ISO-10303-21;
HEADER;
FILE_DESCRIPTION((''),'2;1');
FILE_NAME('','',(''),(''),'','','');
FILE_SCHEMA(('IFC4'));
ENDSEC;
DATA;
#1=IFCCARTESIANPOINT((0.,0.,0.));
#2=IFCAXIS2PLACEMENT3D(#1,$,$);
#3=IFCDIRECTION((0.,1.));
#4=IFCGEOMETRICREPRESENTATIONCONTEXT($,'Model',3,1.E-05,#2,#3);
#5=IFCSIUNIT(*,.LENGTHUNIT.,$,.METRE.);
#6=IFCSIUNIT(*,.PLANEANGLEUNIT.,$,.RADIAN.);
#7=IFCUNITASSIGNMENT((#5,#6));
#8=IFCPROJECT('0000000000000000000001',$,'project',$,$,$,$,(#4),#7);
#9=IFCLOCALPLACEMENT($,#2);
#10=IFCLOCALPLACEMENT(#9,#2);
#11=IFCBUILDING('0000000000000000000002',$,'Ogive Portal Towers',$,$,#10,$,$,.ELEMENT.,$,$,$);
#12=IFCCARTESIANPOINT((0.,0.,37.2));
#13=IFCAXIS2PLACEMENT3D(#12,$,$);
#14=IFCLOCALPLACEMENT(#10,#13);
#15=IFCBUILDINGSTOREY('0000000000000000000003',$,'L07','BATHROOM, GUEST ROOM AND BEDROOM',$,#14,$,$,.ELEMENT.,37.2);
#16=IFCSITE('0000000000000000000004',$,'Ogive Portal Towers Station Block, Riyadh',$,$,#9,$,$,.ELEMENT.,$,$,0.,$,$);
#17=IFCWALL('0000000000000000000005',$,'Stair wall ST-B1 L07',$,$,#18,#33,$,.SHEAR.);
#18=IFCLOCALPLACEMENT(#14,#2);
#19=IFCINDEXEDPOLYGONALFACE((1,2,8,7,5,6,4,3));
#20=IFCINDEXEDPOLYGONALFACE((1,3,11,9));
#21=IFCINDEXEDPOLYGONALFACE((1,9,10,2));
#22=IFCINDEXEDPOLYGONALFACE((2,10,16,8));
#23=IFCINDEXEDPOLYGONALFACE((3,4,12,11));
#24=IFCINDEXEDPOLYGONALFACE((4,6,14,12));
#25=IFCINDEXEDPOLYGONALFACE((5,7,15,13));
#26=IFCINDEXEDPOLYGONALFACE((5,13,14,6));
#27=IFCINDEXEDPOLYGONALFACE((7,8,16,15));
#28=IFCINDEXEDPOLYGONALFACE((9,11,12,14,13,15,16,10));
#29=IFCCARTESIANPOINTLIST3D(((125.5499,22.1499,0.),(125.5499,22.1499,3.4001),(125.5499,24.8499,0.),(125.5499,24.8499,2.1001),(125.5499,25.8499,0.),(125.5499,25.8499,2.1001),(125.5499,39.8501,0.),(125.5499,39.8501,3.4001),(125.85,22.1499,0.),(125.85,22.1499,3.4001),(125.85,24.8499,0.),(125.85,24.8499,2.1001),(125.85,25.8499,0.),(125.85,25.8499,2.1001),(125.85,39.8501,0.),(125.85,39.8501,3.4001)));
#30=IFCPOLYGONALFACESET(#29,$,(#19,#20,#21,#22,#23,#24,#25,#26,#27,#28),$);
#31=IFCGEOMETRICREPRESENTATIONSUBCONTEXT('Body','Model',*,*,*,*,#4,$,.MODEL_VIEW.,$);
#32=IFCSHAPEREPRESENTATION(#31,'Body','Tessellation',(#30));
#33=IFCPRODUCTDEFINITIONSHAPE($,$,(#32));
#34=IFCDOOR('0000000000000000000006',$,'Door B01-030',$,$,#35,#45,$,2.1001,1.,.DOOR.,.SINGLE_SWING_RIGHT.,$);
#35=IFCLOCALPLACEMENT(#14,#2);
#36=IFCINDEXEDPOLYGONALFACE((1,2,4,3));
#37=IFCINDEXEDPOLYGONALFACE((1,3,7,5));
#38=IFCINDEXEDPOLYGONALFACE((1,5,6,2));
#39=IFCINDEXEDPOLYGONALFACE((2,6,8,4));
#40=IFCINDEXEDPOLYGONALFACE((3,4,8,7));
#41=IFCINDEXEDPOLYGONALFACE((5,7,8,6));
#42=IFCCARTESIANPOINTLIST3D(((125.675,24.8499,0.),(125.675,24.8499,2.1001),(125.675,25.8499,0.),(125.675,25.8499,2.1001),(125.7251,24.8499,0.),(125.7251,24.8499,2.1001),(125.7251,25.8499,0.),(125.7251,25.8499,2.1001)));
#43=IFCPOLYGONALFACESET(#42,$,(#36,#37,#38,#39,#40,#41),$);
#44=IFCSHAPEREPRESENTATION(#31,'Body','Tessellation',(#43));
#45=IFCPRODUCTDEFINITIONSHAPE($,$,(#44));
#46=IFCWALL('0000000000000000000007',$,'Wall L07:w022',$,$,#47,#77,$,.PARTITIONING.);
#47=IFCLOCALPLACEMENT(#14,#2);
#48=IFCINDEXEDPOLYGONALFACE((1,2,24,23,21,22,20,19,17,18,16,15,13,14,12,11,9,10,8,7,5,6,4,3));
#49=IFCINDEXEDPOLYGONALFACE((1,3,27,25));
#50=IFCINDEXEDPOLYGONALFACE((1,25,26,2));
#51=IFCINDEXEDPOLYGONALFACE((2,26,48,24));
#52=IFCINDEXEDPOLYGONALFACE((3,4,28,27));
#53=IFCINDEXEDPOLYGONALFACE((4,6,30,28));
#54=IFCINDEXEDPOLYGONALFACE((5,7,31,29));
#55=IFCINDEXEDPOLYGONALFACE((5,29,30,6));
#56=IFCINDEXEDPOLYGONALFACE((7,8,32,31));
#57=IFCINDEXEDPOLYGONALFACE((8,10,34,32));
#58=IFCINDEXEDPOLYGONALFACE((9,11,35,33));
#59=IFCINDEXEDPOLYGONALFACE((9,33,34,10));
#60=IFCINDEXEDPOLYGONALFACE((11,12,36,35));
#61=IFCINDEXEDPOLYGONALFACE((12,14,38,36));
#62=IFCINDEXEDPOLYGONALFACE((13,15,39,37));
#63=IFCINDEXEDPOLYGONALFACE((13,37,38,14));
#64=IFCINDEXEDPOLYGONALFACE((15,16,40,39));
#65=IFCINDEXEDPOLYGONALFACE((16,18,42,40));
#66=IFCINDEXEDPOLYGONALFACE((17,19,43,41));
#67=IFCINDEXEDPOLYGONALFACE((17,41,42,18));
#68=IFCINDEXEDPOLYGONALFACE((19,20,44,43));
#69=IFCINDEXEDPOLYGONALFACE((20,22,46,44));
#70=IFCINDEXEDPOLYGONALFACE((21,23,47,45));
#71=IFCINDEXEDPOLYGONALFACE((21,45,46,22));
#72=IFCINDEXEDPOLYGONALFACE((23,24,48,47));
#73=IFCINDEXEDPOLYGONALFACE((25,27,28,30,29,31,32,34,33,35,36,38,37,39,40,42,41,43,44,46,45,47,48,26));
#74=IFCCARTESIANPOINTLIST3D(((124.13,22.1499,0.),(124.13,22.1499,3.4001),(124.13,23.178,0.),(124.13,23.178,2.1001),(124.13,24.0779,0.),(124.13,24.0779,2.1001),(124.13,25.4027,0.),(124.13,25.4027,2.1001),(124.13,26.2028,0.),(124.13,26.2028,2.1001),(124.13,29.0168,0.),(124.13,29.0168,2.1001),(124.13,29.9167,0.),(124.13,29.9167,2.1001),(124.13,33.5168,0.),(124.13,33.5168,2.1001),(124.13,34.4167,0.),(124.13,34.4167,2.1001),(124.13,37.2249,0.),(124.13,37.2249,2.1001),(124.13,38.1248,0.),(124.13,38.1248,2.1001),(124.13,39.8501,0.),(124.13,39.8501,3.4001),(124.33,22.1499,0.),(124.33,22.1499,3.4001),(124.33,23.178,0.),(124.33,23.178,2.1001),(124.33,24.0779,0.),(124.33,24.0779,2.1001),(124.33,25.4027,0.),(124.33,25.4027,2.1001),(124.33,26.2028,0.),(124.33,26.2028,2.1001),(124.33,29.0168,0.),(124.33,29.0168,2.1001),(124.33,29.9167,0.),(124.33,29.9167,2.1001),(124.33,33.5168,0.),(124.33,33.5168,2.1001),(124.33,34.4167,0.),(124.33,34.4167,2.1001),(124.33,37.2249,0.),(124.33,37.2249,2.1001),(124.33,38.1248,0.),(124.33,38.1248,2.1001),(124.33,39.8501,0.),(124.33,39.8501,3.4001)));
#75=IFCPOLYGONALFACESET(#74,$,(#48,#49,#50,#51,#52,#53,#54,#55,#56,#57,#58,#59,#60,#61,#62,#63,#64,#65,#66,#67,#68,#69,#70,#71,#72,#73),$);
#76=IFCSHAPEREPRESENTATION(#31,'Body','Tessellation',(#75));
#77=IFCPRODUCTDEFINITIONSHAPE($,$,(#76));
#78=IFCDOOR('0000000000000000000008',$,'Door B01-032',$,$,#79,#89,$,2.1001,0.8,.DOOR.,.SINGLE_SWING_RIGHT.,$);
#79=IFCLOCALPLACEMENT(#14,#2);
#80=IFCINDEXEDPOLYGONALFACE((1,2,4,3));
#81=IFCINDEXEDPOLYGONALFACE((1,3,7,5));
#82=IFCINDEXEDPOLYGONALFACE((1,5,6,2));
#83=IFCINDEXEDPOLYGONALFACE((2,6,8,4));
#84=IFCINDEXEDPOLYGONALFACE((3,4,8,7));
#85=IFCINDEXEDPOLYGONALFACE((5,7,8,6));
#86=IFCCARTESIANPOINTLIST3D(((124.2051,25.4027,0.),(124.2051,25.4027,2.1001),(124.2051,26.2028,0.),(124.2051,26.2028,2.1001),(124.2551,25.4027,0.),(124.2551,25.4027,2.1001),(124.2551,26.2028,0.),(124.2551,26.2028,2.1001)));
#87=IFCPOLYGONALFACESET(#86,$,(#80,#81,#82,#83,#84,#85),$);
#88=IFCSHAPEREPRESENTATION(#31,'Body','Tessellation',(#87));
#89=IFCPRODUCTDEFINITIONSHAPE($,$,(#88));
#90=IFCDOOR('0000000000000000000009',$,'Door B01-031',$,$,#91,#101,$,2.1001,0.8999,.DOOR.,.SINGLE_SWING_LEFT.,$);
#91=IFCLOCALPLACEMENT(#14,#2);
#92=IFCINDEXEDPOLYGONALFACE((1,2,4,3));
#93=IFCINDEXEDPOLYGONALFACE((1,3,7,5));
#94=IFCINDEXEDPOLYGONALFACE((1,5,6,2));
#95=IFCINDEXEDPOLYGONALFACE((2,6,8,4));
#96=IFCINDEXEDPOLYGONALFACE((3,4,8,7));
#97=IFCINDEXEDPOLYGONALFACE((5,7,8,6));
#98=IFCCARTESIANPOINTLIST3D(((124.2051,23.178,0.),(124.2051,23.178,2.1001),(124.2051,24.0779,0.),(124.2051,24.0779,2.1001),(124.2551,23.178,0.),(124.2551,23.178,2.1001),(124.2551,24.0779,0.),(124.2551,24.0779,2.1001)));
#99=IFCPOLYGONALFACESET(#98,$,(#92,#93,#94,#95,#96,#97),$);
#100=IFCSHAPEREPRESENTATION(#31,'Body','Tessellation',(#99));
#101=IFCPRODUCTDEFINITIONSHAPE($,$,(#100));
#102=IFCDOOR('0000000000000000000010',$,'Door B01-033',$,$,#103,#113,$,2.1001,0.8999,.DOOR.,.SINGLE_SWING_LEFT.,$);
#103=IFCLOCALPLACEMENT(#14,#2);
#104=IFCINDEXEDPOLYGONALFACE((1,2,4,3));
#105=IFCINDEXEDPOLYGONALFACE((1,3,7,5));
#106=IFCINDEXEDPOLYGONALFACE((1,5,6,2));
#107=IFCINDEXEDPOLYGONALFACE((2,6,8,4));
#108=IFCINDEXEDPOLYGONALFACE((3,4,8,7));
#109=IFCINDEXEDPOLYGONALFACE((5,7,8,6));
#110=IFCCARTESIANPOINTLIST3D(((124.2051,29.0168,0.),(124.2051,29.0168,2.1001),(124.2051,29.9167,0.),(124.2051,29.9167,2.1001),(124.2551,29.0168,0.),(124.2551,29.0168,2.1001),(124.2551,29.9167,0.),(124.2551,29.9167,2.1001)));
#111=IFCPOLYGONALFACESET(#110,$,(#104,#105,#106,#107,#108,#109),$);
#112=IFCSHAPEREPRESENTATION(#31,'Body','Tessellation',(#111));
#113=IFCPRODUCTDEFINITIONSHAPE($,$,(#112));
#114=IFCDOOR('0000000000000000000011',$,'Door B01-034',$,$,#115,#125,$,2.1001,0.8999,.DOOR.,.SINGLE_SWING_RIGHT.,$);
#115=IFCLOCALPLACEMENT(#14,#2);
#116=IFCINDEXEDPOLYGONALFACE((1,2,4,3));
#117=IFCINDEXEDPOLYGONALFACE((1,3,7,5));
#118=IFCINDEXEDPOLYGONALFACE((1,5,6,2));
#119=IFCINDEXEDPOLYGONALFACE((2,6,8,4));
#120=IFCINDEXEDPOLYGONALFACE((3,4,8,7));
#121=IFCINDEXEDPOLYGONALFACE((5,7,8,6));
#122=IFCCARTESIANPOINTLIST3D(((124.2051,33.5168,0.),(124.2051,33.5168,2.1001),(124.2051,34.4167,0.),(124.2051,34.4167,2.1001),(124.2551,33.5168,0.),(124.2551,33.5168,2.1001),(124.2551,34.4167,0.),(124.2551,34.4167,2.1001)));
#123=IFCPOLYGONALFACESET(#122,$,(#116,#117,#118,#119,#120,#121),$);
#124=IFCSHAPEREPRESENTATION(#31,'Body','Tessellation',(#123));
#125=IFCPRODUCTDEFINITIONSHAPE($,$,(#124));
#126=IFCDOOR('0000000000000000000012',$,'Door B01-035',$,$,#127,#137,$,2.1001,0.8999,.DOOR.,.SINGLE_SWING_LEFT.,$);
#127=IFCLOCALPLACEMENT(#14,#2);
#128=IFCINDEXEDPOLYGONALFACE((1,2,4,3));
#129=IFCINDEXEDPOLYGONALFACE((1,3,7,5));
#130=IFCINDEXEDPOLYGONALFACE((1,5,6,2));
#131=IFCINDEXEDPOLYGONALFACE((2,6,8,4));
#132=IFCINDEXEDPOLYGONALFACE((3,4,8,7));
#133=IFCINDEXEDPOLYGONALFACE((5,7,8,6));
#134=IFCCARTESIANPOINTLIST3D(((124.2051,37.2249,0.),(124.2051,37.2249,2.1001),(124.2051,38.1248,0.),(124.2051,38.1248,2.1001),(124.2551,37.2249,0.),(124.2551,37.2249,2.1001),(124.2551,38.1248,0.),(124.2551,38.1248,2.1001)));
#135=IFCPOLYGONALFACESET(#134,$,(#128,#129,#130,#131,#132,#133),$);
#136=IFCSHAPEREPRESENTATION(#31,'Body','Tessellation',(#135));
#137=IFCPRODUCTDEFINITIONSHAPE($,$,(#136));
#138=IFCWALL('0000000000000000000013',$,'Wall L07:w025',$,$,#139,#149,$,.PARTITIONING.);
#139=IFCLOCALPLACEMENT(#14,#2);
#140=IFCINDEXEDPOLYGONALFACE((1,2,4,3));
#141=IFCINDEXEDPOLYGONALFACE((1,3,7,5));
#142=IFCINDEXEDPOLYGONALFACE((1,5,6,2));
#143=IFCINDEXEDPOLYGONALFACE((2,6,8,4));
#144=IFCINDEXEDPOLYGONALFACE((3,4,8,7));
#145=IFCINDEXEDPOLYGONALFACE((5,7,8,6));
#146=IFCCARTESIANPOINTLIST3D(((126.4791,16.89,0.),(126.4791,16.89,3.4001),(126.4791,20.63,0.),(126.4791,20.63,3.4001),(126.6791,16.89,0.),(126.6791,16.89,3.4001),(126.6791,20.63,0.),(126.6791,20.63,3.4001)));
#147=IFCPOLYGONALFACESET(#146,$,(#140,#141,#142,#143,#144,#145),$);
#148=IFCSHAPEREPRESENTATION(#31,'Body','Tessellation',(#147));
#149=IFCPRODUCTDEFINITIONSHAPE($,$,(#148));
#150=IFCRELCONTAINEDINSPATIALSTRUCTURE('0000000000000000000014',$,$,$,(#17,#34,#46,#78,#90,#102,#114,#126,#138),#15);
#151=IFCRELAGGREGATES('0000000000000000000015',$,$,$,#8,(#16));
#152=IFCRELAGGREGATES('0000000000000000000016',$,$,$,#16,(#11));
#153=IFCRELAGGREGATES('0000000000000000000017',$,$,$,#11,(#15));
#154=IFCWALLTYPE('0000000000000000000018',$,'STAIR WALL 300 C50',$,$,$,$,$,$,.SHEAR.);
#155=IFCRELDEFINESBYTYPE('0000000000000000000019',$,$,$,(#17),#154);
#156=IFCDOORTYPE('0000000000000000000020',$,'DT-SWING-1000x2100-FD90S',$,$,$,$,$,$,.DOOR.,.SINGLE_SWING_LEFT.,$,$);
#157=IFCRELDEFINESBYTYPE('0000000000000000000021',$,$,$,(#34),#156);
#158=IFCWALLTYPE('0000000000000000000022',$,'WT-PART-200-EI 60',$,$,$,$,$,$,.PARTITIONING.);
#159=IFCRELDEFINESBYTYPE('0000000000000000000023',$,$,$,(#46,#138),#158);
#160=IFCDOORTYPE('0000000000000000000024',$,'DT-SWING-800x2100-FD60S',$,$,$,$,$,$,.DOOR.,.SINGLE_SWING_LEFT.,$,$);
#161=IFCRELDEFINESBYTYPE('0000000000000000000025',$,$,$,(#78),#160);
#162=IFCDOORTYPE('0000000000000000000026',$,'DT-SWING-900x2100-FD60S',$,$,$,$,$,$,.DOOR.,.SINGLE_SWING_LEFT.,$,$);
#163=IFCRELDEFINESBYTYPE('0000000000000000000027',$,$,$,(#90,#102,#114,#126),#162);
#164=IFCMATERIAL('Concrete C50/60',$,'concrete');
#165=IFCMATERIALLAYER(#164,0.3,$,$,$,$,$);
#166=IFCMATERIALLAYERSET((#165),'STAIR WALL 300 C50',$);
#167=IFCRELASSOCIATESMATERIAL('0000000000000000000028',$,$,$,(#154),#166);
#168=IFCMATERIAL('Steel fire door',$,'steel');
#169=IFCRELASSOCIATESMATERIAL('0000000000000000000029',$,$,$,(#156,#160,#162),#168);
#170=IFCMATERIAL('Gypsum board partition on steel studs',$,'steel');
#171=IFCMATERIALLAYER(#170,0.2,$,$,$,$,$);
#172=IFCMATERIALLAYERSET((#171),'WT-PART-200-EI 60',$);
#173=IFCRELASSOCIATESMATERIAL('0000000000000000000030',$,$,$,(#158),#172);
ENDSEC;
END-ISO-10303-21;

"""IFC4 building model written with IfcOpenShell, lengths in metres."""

from ifc_helpers import new_model, si_unit, direction, frame, frame_2d, origin, place, context, subcontext, project, spatial, rectangle, extrude, material, layer, layer_set, type_object, element, fill, save


model = new_model("IFC4")

# Units and contexts
model_context = context("Model", 3, precision=1e-05, world=origin(), true_north=direction((0.0, 1.0)))
body_context = subcontext(model_context, "Body", "Model", "MODEL_VIEW")
ifc_project = project(units=[si_unit("LENGTHUNIT", "METRE"), si_unit("PLANEANGLEUNIT", "RADIAN")], contexts=[model_context])

# Site, building, storey
site_placement = place(None, origin())
site = spatial("IfcSite", under=ifc_project, at=site_placement, Name="Ogive Portal Towers Station Block, Riyadh", CompositionType="ELEMENT", RefElevation=0.0)
building_placement = place(site_placement, origin())
building = spatial("IfcBuilding", under=site, at=building_placement, Name="Ogive Portal Towers", CompositionType="ELEMENT")
storey_placement = place(building_placement, frame((0.0, 0.0, 37.2)))
storey = spatial("IfcBuildingStorey", under=building, at=storey_placement, Name="L07", Description="BATHROOM, GUEST ROOM AND BEDROOM", CompositionType="ELEMENT", Elevation=37.2)

# Wall, opening, door
ifc_material_1 = material(Name="Concrete C50/60", Category="concrete")
ifc_layer_1 = layer(ifc_material_1, 0.3)
ifc_layer_set_1 = layer_set([ifc_layer_1], Name="STAIR WALL 300 C50")
wall_type_1 = type_object("IfcWallType", Name="STAIR WALL 300 C50", PredefinedType="SHEAR", material=ifc_layer_set_1)
ifc_material_2 = material(Name="Steel fire door", Category="steel")
wall_1_placement = place(storey_placement, frame((125.7, 22.1499, 0.0), z_axis=(0.0, 0.0, 1.0), x_axis=(0.0, 1.0, 0.0)))
wall_1 = element("IfcWall", 1, at=wall_1_placement, inside=storey, type_object=wall_type_1, Name="Stair wall ST-B1 L07", PredefinedType="SHEAR", context=body_context, shape_type="SweptSolid", body=[
    extrude(rectangle(XDim=17.7002, YDim=0.3, at=frame_2d((8.8501, 0.0))), origin(), (0.0, 0.0, 1.0), 3.4001),
])
opening_1_placement = place(wall_1_placement, frame((2.7, 0.0, 0.0)))
opening_1 = element("IfcOpeningElement", 2, at=opening_1_placement, cuts=wall_1, PredefinedType="OPENING", context=body_context, shape_type="SweptSolid", body=[
    extrude(rectangle(XDim=1.0, YDim=2.1001, at=frame_2d((0.5, 1.05))), frame((0.0, 0.1602, 0.0), z_axis=(0.0, -1.0, 0.0), x_axis=(1.0, 0.0, 0.0)), (0.0, 0.0, 1.0), 0.3201),
])
door_type_1 = type_object("IfcDoorType", Name="DT-SWING-1000x2100-FD90S", OperationType="SINGLE_SWING_LEFT", PredefinedType="DOOR", material=ifc_material_2)
door_1_placement = place(opening_1_placement, origin())
door_1 = element("IfcDoor", 3, at=door_1_placement, inside=storey, type_object=door_type_1, Name="Door B01-030", OperationType="SINGLE_SWING_RIGHT", OverallHeight=2.1001, OverallWidth=1.0, PredefinedType="DOOR", context=body_context, shape_type="SweptSolid", body=[
    extrude(rectangle(XDim=1.0, YDim=2.1001, at=frame_2d((0.5, 1.05))), frame((0.0, 0.0249, 0.0), z_axis=(0.0, -1.0, 0.0), x_axis=(1.0, 0.0, 0.0)), (0.0, 0.0, 1.0), 0.05),
])
fill(opening_1, door_1)

# Wall, openings, doors
ifc_material_3 = material(Name="Gypsum board partition on steel studs", Category="steel")
ifc_layer_2 = layer(ifc_material_3, 0.2)
ifc_layer_set_2 = layer_set([ifc_layer_2], Name="WT-PART-200-EI 60")
wall_type_2 = type_object("IfcWallType", Name="WT-PART-200-EI 60", PredefinedType="PARTITIONING", material=ifc_layer_set_2)
wall_2_placement = place(storey_placement, frame((124.23, 22.1499, 0.0), z_axis=(0.0, 0.0, 1.0), x_axis=(0.0, 1.0, 0.0)))
wall_2 = element("IfcWall", 4, at=wall_2_placement, inside=storey, type_object=wall_type_2, Name="Wall L07:w022", PredefinedType="PARTITIONING", context=body_context, shape_type="SweptSolid", body=[
    extrude(rectangle(XDim=17.7002, YDim=0.2, at=frame_2d((8.8501, 0.0))), origin(), (0.0, 0.0, 1.0), 3.4001),
])
opening_2_placement = place(wall_2_placement, frame((1.0281, 0.0, 0.0)))
opening_2 = element("IfcOpeningElement", 5, at=opening_2_placement, cuts=wall_2, PredefinedType="OPENING", context=body_context, shape_type="SweptSolid", body=[
    extrude(rectangle(XDim=0.8999, YDim=2.1001, at=frame_2d((0.45, 1.05))), frame((0.0, 0.1099, 0.0), z_axis=(0.0, -1.0, 0.0), x_axis=(1.0, 0.0, 0.0)), (0.0, 0.0, 1.0), 0.22),
])
opening_3_placement = place(wall_2_placement, frame((3.2529, 0.0, 0.0)))
opening_3 = element("IfcOpeningElement", 6, at=opening_3_placement, cuts=wall_2, PredefinedType="OPENING", context=body_context, shape_type="SweptSolid", body=[
    extrude(rectangle(XDim=0.8, YDim=2.1001, at=frame_2d((0.3999, 1.05))), frame((0.0, 0.1099, 0.0), z_axis=(0.0, -1.0, 0.0), x_axis=(1.0, 0.0, 0.0)), (0.0, 0.0, 1.0), 0.22),
])
opening_4_placement = place(wall_2_placement, frame((6.8669, 0.0, 0.0)))
opening_4 = element("IfcOpeningElement", 7, at=opening_4_placement, cuts=wall_2, PredefinedType="OPENING", context=body_context, shape_type="SweptSolid", body=[
    extrude(rectangle(XDim=0.8999, YDim=2.1001, at=frame_2d((0.45, 1.05))), frame((0.0, 0.1099, 0.0), z_axis=(0.0, -1.0, 0.0), x_axis=(1.0, 0.0, 0.0)), (0.0, 0.0, 1.0), 0.22),
])
opening_5_placement = place(wall_2_placement, frame((11.3669, 0.0, 0.0)))
opening_5 = element("IfcOpeningElement", 8, at=opening_5_placement, cuts=wall_2, PredefinedType="OPENING", context=body_context, shape_type="SweptSolid", body=[
    extrude(rectangle(XDim=0.8999, YDim=2.1001, at=frame_2d((0.45, 1.05))), frame((0.0, 0.1099, 0.0), z_axis=(0.0, -1.0, 0.0), x_axis=(1.0, 0.0, 0.0)), (0.0, 0.0, 1.0), 0.22),
])
opening_6_placement = place(wall_2_placement, frame((15.075, 0.0, 0.0)))
opening_6 = element("IfcOpeningElement", 9, at=opening_6_placement, cuts=wall_2, PredefinedType="OPENING", context=body_context, shape_type="SweptSolid", body=[
    extrude(rectangle(XDim=0.8999, YDim=2.1001, at=frame_2d((0.45, 1.05))), frame((0.0, 0.1099, 0.0), z_axis=(0.0, -1.0, 0.0), x_axis=(1.0, 0.0, 0.0)), (0.0, 0.0, 1.0), 0.22),
])
door_type_2 = type_object("IfcDoorType", Name="DT-SWING-800x2100-FD60S", OperationType="SINGLE_SWING_LEFT", PredefinedType="DOOR", material=ifc_material_2)
door_2_placement = place(opening_3_placement, origin())
door_2 = element("IfcDoor", 10, at=door_2_placement, inside=storey, type_object=door_type_2, Name="Door B01-032", OperationType="SINGLE_SWING_RIGHT", OverallHeight=2.1001, OverallWidth=0.8, PredefinedType="DOOR", context=body_context, shape_type="SweptSolid", body=[
    extrude(rectangle(XDim=0.8, YDim=2.1001, at=frame_2d((0.3999, 1.05))), frame((0.0, 0.0249, 0.0), z_axis=(0.0, -1.0, 0.0), x_axis=(1.0, 0.0, 0.0)), (0.0, 0.0, 1.0), 0.05),
])
fill(opening_3, door_2)
door_type_3 = type_object("IfcDoorType", Name="DT-SWING-900x2100-FD60S", OperationType="SINGLE_SWING_LEFT", PredefinedType="DOOR", material=ifc_material_2)
door_3_placement = place(opening_2_placement, origin())
door_3 = element("IfcDoor", 11, at=door_3_placement, inside=storey, type_object=door_type_3, Name="Door B01-031", OperationType="SINGLE_SWING_LEFT", OverallHeight=2.1001, OverallWidth=0.8999, PredefinedType="DOOR", context=body_context, shape_type="SweptSolid", body=[
    extrude(rectangle(XDim=0.8999, YDim=2.1001, at=frame_2d((0.45, 1.05))), frame((0.0, 0.0249, 0.0), z_axis=(0.0, -1.0, 0.0), x_axis=(1.0, 0.0, 0.0)), (0.0, 0.0, 1.0), 0.05),
])
fill(opening_2, door_3)
door_4_placement = place(opening_4_placement, origin())
door_4 = element("IfcDoor", 12, at=door_4_placement, inside=storey, type_object=door_type_3, Name="Door B01-033", OperationType="SINGLE_SWING_LEFT", OverallHeight=2.1001, OverallWidth=0.8999, PredefinedType="DOOR", context=body_context, shape_type="SweptSolid", body=[
    extrude(rectangle(XDim=0.8999, YDim=2.1001, at=frame_2d((0.45, 1.05))), frame((0.0, 0.0249, 0.0), z_axis=(0.0, -1.0, 0.0), x_axis=(1.0, 0.0, 0.0)), (0.0, 0.0, 1.0), 0.05),
])
fill(opening_4, door_4)
door_5_placement = place(opening_5_placement, origin())
door_5 = element("IfcDoor", 13, at=door_5_placement, inside=storey, type_object=door_type_3, Name="Door B01-034", OperationType="SINGLE_SWING_RIGHT", OverallHeight=2.1001, OverallWidth=0.8999, PredefinedType="DOOR", context=body_context, shape_type="SweptSolid", body=[
    extrude(rectangle(XDim=0.8999, YDim=2.1001, at=frame_2d((0.45, 1.05))), frame((0.0, 0.0249, 0.0), z_axis=(0.0, -1.0, 0.0), x_axis=(1.0, 0.0, 0.0)), (0.0, 0.0, 1.0), 0.05),
])
fill(opening_5, door_5)
door_6_placement = place(opening_6_placement, origin())
door_6 = element("IfcDoor", 14, at=door_6_placement, inside=storey, type_object=door_type_3, Name="Door B01-035", OperationType="SINGLE_SWING_LEFT", OverallHeight=2.1001, OverallWidth=0.8999, PredefinedType="DOOR", context=body_context, shape_type="SweptSolid", body=[
    extrude(rectangle(XDim=0.8999, YDim=2.1001, at=frame_2d((0.45, 1.05))), frame((0.0, 0.0249, 0.0), z_axis=(0.0, -1.0, 0.0), x_axis=(1.0, 0.0, 0.0)), (0.0, 0.0, 1.0), 0.05),
])
fill(opening_6, door_6)

# Wall
wall_3_placement = place(storey_placement, frame((126.5791, 16.8899, 0.0), z_axis=(0.0, 0.0, 1.0), x_axis=(0.0, 1.0, 0.0)))
element("IfcWall", 15, at=wall_3_placement, inside=storey, type_object=wall_type_2, Name="Wall L07:w025", PredefinedType="PARTITIONING", context=body_context, shape_type="SweptSolid", body=[
    extrude(rectangle(XDim=3.74, YDim=0.2, at=frame_2d((1.8701, 0.0))), origin(), (0.0, 0.0, 1.0), 3.4001),
])

save(model, "model.ifc")
